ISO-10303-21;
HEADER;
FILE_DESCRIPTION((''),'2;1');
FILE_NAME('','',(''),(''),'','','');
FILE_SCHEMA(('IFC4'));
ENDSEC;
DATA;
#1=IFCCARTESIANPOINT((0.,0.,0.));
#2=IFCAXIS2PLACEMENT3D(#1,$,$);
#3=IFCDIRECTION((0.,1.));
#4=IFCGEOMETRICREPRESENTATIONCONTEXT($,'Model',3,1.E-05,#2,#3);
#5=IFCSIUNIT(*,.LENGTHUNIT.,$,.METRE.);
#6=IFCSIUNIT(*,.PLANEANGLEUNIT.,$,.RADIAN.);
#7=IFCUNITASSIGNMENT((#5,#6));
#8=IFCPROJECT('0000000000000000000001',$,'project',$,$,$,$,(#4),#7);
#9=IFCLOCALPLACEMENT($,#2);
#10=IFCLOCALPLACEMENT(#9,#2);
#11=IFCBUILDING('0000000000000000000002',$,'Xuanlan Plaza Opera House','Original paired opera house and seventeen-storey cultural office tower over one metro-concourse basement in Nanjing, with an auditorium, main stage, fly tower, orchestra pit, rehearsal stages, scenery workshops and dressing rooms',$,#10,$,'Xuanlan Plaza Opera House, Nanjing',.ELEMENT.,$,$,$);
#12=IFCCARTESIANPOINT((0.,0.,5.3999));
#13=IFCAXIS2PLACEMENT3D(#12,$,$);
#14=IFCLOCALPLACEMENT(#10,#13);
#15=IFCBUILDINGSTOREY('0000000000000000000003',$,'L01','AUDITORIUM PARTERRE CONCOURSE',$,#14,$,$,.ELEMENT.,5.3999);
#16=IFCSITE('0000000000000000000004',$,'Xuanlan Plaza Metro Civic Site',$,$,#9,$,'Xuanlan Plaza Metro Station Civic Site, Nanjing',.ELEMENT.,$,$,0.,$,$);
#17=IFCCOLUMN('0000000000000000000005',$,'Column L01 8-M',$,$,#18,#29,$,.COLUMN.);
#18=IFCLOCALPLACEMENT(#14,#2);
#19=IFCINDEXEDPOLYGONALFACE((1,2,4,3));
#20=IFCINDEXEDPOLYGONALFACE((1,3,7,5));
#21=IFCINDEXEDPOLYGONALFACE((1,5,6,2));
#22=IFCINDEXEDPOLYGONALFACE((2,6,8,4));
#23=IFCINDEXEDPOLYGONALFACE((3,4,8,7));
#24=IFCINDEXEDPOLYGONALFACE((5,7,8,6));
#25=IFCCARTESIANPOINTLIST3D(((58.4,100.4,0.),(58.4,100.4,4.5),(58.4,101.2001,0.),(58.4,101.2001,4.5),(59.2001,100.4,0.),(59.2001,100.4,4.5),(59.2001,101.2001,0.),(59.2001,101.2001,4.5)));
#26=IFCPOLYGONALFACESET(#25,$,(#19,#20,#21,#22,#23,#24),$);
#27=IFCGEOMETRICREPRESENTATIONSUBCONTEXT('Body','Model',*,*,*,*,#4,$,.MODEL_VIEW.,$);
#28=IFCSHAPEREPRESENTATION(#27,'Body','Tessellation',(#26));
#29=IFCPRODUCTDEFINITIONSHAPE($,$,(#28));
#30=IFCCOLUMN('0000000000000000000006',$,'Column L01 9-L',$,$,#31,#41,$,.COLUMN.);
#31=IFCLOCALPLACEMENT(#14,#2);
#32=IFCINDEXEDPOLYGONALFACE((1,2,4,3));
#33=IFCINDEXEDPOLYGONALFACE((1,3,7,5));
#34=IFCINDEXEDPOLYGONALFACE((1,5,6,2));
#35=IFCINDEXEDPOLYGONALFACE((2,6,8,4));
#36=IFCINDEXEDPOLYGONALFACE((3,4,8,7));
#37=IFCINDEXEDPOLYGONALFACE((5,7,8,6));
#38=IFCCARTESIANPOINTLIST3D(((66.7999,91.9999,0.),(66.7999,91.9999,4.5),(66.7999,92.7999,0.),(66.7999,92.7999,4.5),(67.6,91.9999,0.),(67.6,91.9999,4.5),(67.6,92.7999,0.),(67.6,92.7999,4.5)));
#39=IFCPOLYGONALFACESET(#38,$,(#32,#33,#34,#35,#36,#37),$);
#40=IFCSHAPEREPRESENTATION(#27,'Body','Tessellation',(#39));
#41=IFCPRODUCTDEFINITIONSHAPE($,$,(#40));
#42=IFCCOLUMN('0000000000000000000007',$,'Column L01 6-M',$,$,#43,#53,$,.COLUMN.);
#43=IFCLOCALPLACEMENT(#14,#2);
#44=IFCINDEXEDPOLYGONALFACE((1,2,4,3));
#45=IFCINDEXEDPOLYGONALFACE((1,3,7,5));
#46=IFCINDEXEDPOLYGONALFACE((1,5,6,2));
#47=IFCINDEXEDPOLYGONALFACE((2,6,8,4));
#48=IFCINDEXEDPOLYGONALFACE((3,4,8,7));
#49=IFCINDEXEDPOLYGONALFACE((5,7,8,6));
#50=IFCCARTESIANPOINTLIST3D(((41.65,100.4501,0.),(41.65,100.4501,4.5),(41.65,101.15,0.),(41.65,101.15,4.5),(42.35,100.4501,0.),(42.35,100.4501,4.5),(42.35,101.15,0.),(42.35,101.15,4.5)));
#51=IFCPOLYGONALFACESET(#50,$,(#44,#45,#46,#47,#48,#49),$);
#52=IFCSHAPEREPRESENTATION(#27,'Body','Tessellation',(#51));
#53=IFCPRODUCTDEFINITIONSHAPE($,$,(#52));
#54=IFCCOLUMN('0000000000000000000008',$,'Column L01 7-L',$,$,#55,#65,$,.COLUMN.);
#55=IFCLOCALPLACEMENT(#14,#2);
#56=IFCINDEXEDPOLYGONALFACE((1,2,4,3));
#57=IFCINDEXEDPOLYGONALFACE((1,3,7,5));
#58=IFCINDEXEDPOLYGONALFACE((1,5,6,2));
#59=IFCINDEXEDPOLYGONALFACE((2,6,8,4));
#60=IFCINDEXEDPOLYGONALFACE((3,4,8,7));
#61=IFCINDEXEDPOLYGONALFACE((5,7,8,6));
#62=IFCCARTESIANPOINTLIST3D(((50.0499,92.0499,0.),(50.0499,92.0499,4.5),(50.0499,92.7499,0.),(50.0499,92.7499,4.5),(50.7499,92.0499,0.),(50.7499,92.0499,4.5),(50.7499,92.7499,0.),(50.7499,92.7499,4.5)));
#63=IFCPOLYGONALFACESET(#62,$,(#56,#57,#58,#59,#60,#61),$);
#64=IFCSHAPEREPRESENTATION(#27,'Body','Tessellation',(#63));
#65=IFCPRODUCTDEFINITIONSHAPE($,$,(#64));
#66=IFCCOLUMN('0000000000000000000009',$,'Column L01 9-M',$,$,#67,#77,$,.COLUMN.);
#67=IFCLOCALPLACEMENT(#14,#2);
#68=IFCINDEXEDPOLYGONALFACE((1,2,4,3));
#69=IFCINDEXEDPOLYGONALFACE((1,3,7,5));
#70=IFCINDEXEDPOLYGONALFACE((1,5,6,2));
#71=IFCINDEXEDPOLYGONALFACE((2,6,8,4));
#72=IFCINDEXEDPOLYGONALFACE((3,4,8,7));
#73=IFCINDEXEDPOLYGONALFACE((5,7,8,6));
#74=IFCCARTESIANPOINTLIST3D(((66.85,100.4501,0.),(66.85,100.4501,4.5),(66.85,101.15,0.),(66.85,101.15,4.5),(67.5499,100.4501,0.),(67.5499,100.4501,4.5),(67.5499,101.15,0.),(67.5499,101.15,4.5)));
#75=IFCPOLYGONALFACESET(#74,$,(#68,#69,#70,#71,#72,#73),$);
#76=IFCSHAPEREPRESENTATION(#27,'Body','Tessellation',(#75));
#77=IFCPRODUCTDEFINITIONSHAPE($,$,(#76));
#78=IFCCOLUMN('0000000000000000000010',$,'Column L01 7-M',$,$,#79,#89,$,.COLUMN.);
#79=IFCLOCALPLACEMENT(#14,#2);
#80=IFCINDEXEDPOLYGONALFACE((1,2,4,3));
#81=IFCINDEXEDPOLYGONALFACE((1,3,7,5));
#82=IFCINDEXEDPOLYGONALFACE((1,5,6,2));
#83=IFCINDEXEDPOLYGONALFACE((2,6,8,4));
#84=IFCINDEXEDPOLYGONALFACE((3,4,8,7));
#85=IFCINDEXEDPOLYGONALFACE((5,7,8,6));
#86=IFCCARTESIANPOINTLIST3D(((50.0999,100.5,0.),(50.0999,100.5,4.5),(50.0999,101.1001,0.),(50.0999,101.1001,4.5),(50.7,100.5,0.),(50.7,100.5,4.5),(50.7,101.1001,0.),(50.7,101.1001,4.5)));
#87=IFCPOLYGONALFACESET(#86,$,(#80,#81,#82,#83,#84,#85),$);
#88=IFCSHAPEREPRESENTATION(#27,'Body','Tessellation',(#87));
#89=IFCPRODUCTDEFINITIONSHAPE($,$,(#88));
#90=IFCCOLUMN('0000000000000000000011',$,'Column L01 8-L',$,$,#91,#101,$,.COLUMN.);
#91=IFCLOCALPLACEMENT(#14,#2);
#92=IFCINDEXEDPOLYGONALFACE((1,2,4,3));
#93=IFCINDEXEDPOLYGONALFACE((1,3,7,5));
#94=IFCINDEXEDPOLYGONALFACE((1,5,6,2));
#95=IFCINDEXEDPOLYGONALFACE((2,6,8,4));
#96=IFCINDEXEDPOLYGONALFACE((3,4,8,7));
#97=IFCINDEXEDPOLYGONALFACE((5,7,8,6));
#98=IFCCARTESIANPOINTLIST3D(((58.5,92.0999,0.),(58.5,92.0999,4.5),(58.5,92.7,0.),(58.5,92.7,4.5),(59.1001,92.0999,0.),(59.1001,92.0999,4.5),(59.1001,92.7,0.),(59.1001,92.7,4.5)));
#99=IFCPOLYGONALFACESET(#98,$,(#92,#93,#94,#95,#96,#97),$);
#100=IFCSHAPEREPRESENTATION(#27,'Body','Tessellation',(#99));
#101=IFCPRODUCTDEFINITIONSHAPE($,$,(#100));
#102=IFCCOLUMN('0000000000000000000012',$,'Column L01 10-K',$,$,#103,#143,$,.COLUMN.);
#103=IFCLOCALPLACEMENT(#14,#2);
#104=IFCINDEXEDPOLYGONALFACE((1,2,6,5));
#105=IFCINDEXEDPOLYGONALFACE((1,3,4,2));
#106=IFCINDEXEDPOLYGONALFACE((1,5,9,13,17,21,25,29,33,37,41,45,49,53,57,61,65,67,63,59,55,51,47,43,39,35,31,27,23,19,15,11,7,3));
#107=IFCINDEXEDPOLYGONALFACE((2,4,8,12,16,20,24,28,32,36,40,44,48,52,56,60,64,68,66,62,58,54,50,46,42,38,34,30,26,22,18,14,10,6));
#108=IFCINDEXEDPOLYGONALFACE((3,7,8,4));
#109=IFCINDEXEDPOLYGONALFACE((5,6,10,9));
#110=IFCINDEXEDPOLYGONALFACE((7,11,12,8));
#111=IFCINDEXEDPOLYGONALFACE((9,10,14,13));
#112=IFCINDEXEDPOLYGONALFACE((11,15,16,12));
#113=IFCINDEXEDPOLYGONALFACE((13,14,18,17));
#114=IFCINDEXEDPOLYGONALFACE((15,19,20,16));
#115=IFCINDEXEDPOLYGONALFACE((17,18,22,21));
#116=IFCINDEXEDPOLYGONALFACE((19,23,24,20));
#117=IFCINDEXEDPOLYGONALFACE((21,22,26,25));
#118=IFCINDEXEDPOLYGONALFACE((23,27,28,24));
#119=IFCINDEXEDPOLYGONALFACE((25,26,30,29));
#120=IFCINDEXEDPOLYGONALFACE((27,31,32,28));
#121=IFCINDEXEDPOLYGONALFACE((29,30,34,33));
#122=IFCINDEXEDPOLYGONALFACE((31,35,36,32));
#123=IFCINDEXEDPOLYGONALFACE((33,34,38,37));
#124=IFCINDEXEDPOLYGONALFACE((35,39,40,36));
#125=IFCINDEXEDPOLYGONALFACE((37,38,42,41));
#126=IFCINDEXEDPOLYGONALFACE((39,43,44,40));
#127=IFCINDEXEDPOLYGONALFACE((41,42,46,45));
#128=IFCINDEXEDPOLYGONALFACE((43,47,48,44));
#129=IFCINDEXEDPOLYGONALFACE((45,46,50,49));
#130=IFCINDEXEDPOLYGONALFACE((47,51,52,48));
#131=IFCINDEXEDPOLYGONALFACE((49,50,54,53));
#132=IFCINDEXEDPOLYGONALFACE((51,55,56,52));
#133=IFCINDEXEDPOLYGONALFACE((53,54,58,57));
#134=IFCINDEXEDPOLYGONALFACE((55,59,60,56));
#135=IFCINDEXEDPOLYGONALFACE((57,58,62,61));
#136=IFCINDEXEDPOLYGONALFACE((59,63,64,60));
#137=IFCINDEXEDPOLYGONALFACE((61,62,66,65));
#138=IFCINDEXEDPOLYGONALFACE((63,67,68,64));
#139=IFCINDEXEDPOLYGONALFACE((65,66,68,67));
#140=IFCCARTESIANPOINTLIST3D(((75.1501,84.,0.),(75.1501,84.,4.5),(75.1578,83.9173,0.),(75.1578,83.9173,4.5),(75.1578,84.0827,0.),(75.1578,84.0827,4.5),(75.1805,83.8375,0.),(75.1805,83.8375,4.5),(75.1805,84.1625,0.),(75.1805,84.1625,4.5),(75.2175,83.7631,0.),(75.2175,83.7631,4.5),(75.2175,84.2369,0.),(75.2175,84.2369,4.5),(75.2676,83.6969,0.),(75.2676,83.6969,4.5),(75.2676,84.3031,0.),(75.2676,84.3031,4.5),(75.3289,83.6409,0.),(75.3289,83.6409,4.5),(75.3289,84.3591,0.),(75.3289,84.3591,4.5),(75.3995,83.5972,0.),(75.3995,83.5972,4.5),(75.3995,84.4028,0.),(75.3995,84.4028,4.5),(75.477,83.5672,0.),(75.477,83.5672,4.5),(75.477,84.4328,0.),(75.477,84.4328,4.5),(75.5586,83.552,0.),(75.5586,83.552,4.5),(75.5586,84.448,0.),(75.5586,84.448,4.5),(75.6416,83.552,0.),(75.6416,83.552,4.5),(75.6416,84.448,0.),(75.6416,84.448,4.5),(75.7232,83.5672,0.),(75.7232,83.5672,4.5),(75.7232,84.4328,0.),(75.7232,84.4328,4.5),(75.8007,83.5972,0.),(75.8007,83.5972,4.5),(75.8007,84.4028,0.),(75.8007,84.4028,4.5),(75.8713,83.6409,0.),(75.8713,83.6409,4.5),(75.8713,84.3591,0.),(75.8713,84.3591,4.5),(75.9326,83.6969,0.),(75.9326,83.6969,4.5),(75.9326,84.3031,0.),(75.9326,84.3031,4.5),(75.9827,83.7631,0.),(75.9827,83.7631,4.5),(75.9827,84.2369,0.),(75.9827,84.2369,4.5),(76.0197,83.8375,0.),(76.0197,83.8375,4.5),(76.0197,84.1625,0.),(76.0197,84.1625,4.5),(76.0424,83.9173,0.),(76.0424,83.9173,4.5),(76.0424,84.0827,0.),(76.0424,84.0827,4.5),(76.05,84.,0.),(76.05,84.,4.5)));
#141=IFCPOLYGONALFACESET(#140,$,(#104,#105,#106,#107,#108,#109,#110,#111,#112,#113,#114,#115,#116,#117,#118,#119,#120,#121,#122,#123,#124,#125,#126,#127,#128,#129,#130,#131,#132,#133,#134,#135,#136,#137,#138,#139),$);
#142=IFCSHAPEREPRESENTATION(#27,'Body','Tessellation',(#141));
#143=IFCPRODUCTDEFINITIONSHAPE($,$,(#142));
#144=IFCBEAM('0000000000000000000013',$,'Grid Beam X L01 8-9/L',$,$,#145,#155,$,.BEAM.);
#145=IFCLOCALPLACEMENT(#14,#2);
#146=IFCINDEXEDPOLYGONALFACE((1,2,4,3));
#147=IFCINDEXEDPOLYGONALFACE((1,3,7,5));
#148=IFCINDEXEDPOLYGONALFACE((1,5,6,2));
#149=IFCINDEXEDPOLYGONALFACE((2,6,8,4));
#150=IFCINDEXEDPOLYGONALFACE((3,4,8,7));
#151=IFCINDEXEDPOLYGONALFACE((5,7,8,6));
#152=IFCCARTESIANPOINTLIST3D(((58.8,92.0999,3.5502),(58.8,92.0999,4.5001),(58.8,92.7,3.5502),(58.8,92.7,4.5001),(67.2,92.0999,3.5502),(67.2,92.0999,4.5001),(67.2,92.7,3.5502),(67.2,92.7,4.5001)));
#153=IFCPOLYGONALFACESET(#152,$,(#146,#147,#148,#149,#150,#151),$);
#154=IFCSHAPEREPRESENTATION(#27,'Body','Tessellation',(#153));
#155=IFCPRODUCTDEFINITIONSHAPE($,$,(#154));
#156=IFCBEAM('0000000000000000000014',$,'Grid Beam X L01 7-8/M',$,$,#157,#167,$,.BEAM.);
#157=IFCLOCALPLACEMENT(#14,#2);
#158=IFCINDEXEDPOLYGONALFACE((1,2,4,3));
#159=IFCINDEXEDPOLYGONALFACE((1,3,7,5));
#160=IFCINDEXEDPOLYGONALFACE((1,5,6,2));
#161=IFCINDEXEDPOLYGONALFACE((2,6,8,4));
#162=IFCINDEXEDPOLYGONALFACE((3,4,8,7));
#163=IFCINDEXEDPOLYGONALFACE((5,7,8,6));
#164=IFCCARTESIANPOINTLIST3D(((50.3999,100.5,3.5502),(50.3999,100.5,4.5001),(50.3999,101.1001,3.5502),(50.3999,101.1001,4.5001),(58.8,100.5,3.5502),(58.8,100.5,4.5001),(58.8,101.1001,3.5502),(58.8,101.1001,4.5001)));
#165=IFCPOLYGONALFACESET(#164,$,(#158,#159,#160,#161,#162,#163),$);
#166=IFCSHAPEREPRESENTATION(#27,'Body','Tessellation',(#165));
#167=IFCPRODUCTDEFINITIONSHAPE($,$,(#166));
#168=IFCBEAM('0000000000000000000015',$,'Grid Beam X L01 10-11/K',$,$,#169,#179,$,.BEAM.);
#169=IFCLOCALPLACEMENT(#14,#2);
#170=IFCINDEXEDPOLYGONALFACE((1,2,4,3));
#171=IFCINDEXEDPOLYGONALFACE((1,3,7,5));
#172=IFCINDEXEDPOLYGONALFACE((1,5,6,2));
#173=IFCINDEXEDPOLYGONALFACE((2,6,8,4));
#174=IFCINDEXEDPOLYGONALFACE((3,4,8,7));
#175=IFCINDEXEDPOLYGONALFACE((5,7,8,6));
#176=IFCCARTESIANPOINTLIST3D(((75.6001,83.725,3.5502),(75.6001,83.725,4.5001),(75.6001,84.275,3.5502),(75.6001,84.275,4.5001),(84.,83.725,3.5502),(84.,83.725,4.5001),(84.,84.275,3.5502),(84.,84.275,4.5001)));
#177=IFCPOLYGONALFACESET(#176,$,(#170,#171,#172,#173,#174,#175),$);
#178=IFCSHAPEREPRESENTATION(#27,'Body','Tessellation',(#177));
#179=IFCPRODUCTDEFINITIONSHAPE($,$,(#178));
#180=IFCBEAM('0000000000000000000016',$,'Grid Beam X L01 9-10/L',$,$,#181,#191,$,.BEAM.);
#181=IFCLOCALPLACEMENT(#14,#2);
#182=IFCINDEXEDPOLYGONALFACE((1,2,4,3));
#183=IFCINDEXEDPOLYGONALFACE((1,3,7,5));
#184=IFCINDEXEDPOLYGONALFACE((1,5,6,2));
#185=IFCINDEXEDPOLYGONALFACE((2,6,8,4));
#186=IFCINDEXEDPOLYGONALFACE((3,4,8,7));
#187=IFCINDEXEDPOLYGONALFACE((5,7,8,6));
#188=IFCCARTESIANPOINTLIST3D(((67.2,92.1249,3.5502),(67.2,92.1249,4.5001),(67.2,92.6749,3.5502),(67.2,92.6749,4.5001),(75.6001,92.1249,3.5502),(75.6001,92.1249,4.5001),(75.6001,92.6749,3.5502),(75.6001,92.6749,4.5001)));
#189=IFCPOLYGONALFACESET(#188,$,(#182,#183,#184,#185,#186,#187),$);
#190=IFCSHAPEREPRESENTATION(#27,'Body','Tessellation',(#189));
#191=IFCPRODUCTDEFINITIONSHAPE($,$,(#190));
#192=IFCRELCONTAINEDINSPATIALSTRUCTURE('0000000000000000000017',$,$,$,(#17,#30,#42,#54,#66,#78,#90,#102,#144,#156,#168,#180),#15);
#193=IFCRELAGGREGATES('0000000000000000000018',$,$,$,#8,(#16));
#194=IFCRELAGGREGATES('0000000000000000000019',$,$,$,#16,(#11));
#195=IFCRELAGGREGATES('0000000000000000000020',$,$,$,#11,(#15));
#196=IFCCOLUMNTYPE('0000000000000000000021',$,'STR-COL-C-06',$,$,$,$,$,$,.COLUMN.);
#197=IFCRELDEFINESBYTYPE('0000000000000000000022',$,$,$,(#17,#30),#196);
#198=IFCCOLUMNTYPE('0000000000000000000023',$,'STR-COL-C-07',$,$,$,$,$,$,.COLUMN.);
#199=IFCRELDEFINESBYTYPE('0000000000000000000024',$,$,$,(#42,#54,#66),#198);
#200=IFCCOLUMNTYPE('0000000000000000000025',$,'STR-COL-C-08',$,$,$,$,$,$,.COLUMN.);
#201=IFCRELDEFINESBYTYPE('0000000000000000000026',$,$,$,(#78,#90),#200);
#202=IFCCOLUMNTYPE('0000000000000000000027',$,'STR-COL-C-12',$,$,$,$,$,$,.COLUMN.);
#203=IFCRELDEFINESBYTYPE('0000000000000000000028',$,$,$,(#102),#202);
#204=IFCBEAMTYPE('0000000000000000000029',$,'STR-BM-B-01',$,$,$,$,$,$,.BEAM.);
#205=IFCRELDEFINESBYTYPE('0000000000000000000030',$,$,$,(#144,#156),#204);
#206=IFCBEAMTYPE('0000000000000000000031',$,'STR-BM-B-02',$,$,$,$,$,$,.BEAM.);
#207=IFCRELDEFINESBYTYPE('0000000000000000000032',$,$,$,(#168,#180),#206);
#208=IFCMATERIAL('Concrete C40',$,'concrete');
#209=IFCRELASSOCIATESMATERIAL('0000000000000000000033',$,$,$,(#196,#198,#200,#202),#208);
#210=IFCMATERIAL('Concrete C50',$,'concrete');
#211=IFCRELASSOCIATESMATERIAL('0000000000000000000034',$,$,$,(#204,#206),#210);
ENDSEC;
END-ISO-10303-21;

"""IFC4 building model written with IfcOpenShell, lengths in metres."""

from ifc_helpers import new_model, si_unit, direction, frame, origin, origin_2d, place, context, subcontext, project, spatial, rectangle, circle, extrude, material, material_profile, profile_set, type_object, element, save


model = new_model("IFC4")

# Units and contexts
model_context = context("Model", 3, precision=1e-05, world=origin(), true_north=direction((0.0, 1.0)))
body_context = subcontext(model_context, "Body", "Model", "MODEL_VIEW")
ifc_project = project(units=[si_unit("LENGTHUNIT", "METRE"), si_unit("PLANEANGLEUNIT", "RADIAN")], contexts=[model_context])

# Site, building, storey
site_placement = place(None, origin())
site = spatial("IfcSite", under=ifc_project, at=site_placement, Name="Xuanlan Plaza Metro Civic Site", LongName="Xuanlan Plaza Metro Station Civic Site, Nanjing", CompositionType="ELEMENT", RefElevation=0.0)
building_placement = place(site_placement, origin())
building = spatial("IfcBuilding", under=site, at=building_placement, Name="Xuanlan Plaza Opera House", Description="Original paired opera house and seventeen-storey cultural office tower over one metro-concourse basement in Nanjing, with an auditorium, main stage, fly tower, orchestra pit, rehearsal stages, scenery workshops and dressing rooms", LongName="Xuanlan Plaza Opera House, Nanjing", CompositionType="ELEMENT")
storey_placement = place(building_placement, frame((0.0, 0.0, 5.3999)))
storey = spatial("IfcBuildingStorey", under=building, at=storey_placement, Name="L01", Description="AUDITORIUM PARTERRE CONCOURSE", CompositionType="ELEMENT", Elevation=5.3999)

# Columns
ifc_material_1 = material(Name="Concrete C40", Category="concrete")
ifc_material_profile_1 = material_profile(ifc_material_1, rectangle(XDim=0.8, YDim=0.8, at=origin_2d()), Name="RC-COL 800x800")
ifc_profile_set_1 = profile_set([ifc_material_profile_1], Name="Concrete C40")
column_type_1 = type_object("IfcColumnType", Name="STR-COL-C-06", PredefinedType="COLUMN", material=ifc_profile_set_1)
for number, where, z_axis, x_axis, name in (
    (1, (58.8, 100.8, 0.0), (0.0, 0.0, 1.0), (1.0, 0.0, 0.0), "Column L01 8-M"),
    (2, (67.2, 92.3999, 0.0), (0.0, 0.0, 1.0), (1.0, 0.0, 0.0), "Column L01 9-L"),
):
    element("IfcColumn", number, at=place(storey_placement, frame(where, z_axis=z_axis, x_axis=x_axis)), inside=storey, type_object=column_type_1, Name=name, PredefinedType="COLUMN", context=body_context, shape_type="SweptSolid", body=[
        extrude(rectangle(XDim=0.8, YDim=0.8, at=origin_2d()), origin(), (0.0, 0.0, 1.0), 4.5),
    ])
ifc_material_profile_2 = material_profile(ifc_material_1, rectangle(XDim=0.7, YDim=0.7, at=origin_2d()), Name="RC-COL 700x700")
ifc_profile_set_2 = profile_set([ifc_material_profile_2], Name="Concrete C40")
column_type_2 = type_object("IfcColumnType", Name="STR-COL-C-07", PredefinedType="COLUMN", material=ifc_profile_set_2)
for number, where, z_axis, x_axis, name in (
    (3, (42.0, 100.8, 0.0), (0.0, 0.0, 1.0), (1.0, 0.0, 0.0), "Column L01 6-M"),
    (4, (50.3999, 92.3999, 0.0), (0.0, 0.0, 1.0), (1.0, 0.0, 0.0), "Column L01 7-L"),
    (5, (67.2, 100.8, 0.0), (0.0, 0.0, 1.0), (1.0, 0.0, 0.0), "Column L01 9-M"),
):
    element("IfcColumn", number, at=place(storey_placement, frame(where, z_axis=z_axis, x_axis=x_axis)), inside=storey, type_object=column_type_2, Name=name, PredefinedType="COLUMN", context=body_context, shape_type="SweptSolid", body=[
        extrude(rectangle(XDim=0.7, YDim=0.7, at=origin_2d()), origin(), (0.0, 0.0, 1.0), 4.5),
    ])
ifc_material_profile_3 = material_profile(ifc_material_1, rectangle(XDim=0.6001, YDim=0.6001, at=origin_2d()), Name="RC-COL 600x600")
ifc_profile_set_3 = profile_set([ifc_material_profile_3], Name="Concrete C40")
column_type_3 = type_object("IfcColumnType", Name="STR-COL-C-08", PredefinedType="COLUMN", material=ifc_profile_set_3)
for number, where, z_axis, x_axis, name in (
    (6, (50.3999, 100.8, 0.0), (0.0, 0.0, 1.0), (1.0, 0.0, 0.0), "Column L01 7-M"),
    (7, (58.8, 92.3999, 0.0), (0.0, 0.0, 1.0), (1.0, 0.0, 0.0), "Column L01 8-L"),
):
    element("IfcColumn", number, at=place(storey_placement, frame(where, z_axis=z_axis, x_axis=x_axis)), inside=storey, type_object=column_type_3, Name=name, PredefinedType="COLUMN", context=body_context, shape_type="SweptSolid", body=[
        extrude(rectangle(XDim=0.6001, YDim=0.6001, at=origin_2d()), origin(), (0.0, 0.0, 1.0), 4.5),
    ])
ifc_material_profile_4 = material_profile(ifc_material_1, circle(Radius=0.45, at=origin_2d()), Name="RC-COL D900")
ifc_profile_set_4 = profile_set([ifc_material_profile_4], Name="Concrete C40")
column_type_4 = type_object("IfcColumnType", Name="STR-COL-C-12", PredefinedType="COLUMN", material=ifc_profile_set_4)
column_placement = place(storey_placement, frame((75.6001, 84.0, 0.0), z_axis=(0.0, 0.0, 1.0), x_axis=(1.0, 0.0, 0.0)))
element("IfcColumn", 8, at=column_placement, inside=storey, type_object=column_type_4, Name="Column L01 10-K", PredefinedType="COLUMN", context=body_context, shape_type="SweptSolid", body=[
    extrude(circle(Radius=0.45, at=origin_2d()), origin(), (0.0, 0.0, 1.0), 4.5),
])

# Beams
ifc_material_2 = material(Name="Concrete C50", Category="concrete")
ifc_material_profile_5 = material_profile(ifc_material_2, rectangle(XDim=0.6001, YDim=0.95, at=origin_2d()), Name="RC-BM 600x950")
ifc_profile_set_5 = profile_set([ifc_material_profile_5], Name="Concrete C50")
beam_type_1 = type_object("IfcBeamType", Name="STR-BM-B-01", PredefinedType="BEAM", material=ifc_profile_set_5)
beam_1_placement = place(storey_placement, frame((58.8, 92.3999, 4.0251), z_axis=(1.0, 0.0, 0.0), x_axis=(0.0, 1.0, 0.0)))
element("IfcBeam", 9, at=beam_1_placement, inside=storey, type_object=beam_type_1, Name="Grid Beam X L01 8-9/L", PredefinedType="BEAM", context=body_context, shape_type="SweptSolid", body=[
    extrude(rectangle(XDim=0.6001, YDim=0.95, at=origin_2d()), origin(), (0.0, 0.0, 1.0), 8.3999),
])
beam_2_placement = place(storey_placement, frame((50.3999, 100.8, 4.0251), z_axis=(1.0, 0.0, 0.0), x_axis=(0.0, 1.0, 0.0)))
element("IfcBeam", 10, at=beam_2_placement, inside=storey, type_object=beam_type_1, Name="Grid Beam X L01 7-8/M", PredefinedType="BEAM", context=body_context, shape_type="SweptSolid", body=[
    extrude(rectangle(XDim=0.6001, YDim=0.95, at=origin_2d()), origin(), (0.0, 0.0, 1.0), 8.4001),
])
ifc_material_profile_6 = material_profile(ifc_material_2, rectangle(XDim=0.55, YDim=0.95, at=origin_2d()), Name="RC-BM 550x950")
ifc_profile_set_6 = profile_set([ifc_material_profile_6], Name="Concrete C50")
beam_type_2 = type_object("IfcBeamType", Name="STR-BM-B-02", PredefinedType="BEAM", material=ifc_profile_set_6)
beam_3_placement = place(storey_placement, frame((75.6001, 84.0, 4.0251), z_axis=(1.0, 0.0, 0.0), x_axis=(0.0, 1.0, 0.0)))
element("IfcBeam", 11, at=beam_3_placement, inside=storey, type_object=beam_type_2, Name="Grid Beam X L01 10-11/K", PredefinedType="BEAM", context=body_context, shape_type="SweptSolid", body=[
    extrude(rectangle(XDim=0.55, YDim=0.95, at=origin_2d()), origin(), (0.0, 0.0, 1.0), 8.3999),
])
beam_4_placement = place(storey_placement, frame((67.2, 92.3999, 4.0251), z_axis=(1.0, 0.0, 0.0), x_axis=(0.0, 1.0, 0.0)))
element("IfcBeam", 12, at=beam_4_placement, inside=storey, type_object=beam_type_2, Name="Grid Beam X L01 9-10/L", PredefinedType="BEAM", context=body_context, shape_type="SweptSolid", body=[
    extrude(rectangle(XDim=0.55, YDim=0.95, at=origin_2d()), origin(), (0.0, 0.0, 1.0), 8.4001),
])

save(model, "model.ifc")
